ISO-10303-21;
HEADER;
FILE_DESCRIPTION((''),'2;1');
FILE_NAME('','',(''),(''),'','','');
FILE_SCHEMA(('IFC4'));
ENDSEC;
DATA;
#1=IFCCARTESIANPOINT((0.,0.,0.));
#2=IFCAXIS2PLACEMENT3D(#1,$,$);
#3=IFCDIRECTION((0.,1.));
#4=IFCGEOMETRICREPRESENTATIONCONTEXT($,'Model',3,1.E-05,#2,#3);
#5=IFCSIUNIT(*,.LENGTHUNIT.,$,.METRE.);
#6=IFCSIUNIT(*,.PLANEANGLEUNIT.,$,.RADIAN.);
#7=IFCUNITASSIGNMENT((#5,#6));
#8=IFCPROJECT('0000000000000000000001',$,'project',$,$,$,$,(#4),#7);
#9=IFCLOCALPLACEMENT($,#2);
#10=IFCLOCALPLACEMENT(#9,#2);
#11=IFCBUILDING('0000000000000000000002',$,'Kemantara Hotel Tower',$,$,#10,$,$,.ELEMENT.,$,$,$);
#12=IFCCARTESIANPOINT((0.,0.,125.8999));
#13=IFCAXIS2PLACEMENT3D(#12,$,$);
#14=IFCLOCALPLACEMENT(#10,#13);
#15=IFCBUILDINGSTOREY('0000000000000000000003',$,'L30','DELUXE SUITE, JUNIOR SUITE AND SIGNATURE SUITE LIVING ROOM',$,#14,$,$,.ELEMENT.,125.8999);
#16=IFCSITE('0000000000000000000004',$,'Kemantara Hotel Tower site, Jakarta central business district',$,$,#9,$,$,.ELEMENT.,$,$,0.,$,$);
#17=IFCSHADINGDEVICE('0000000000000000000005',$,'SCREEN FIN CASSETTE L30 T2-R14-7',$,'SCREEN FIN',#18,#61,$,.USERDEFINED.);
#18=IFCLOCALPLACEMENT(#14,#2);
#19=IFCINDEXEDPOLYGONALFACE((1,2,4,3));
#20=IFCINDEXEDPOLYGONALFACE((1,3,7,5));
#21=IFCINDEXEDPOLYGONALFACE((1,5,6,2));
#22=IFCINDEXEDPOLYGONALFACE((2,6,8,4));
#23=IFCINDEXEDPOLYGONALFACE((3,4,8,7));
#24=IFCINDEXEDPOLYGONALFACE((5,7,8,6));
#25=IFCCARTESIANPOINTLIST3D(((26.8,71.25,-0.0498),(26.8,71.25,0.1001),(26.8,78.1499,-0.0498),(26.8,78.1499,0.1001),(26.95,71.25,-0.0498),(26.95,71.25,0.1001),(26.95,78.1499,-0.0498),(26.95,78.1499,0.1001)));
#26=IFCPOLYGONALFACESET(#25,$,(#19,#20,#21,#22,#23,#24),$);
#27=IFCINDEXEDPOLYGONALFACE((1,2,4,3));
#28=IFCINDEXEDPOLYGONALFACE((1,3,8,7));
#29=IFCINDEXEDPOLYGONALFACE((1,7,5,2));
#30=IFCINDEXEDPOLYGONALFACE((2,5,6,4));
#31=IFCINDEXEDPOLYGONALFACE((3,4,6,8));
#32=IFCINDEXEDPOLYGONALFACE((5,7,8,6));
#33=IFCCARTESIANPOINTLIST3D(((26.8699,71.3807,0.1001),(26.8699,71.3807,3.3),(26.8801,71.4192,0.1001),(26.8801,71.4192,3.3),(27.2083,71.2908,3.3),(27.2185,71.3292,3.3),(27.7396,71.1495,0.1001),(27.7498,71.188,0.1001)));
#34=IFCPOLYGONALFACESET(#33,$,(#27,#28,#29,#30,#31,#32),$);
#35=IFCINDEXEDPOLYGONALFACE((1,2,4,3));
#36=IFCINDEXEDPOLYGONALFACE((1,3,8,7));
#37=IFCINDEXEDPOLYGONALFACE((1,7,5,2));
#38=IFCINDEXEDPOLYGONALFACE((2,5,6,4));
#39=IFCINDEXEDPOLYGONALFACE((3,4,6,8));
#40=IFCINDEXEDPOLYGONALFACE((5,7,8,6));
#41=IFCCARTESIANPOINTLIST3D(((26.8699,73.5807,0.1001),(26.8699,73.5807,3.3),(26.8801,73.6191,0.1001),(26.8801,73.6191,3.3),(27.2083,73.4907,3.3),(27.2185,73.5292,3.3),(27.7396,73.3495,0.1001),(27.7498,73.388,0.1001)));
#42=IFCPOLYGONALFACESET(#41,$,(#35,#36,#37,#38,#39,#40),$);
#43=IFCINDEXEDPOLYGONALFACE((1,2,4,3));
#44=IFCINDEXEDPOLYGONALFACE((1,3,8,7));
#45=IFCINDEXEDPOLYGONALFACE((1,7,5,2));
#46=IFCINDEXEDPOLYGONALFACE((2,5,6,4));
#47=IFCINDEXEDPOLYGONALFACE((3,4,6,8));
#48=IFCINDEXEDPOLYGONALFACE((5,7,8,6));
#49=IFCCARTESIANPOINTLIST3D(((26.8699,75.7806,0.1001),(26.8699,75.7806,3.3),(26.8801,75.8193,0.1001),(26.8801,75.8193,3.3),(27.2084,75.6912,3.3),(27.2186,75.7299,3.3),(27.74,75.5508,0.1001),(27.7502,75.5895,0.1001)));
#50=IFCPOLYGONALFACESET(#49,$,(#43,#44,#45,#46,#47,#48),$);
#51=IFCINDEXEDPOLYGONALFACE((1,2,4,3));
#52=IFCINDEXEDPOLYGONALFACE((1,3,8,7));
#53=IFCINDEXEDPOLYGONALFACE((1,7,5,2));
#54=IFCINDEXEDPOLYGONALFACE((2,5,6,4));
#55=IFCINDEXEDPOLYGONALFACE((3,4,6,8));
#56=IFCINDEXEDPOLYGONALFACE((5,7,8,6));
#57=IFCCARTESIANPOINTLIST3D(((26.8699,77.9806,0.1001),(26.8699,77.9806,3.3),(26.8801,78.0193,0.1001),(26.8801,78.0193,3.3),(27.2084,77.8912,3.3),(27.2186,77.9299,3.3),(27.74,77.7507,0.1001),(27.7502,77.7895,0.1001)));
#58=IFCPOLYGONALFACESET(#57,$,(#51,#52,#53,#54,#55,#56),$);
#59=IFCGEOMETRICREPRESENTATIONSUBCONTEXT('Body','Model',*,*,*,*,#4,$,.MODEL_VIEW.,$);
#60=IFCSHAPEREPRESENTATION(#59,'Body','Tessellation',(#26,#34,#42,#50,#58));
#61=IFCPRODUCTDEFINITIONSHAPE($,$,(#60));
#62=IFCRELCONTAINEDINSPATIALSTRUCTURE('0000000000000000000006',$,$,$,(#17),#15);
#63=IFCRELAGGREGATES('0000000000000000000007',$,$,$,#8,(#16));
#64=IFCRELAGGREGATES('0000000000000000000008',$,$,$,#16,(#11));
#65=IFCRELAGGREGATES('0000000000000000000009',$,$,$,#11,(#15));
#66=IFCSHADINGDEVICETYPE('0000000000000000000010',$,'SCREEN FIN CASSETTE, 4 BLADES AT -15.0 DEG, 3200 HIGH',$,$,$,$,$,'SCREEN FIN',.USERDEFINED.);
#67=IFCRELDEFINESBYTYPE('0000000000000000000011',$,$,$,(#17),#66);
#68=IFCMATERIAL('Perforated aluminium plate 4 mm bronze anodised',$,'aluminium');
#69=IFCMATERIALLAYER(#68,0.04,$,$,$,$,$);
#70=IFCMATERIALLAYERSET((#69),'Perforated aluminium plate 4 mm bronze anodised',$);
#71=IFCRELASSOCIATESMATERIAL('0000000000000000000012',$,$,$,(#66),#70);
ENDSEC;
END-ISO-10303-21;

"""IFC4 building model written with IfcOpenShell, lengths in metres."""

from ifc_helpers import new_model, si_unit, direction, frame, origin, origin_2d, place, context, subcontext, project, spatial, polyline, rectangle, outline, extrude, source, transform, mapped, material, layer, layer_set, type_object, element, save


model = new_model("IFC4")

# Units and contexts
model_context = context("Model", 3, precision=1e-05, world=origin(), true_north=direction((0.0, 1.0)))
body_context = subcontext(model_context, "Body", "Model", "MODEL_VIEW")
ifc_project = project(units=[si_unit("LENGTHUNIT", "METRE"), si_unit("PLANEANGLEUNIT", "RADIAN")], contexts=[model_context])

# Site, building, storey
site_placement = place(None, origin())
site = spatial("IfcSite", under=ifc_project, at=site_placement, Name="Kemantara Hotel Tower site, Jakarta central business district", CompositionType="ELEMENT", RefElevation=0.0)
building_placement = place(site_placement, origin())
building = spatial("IfcBuilding", under=site, at=building_placement, Name="Kemantara Hotel Tower", CompositionType="ELEMENT")
storey_placement = place(building_placement, frame((0.0, 0.0, 125.8999)))
storey = spatial("IfcBuildingStorey", under=building, at=storey_placement, Name="L30", Description="DELUXE SUITE, JUNIOR SUITE AND SIGNATURE SUITE LIVING ROOM", CompositionType="ELEMENT", Elevation=125.8999)

# Shading device
ifc_material_1 = material(Name="Perforated aluminium plate 4 mm bronze anodised", Category="aluminium")
ifc_layer_1 = layer(ifc_material_1, 0.04)
ifc_layer_set_1 = layer_set([ifc_layer_1], Name="Perforated aluminium plate 4 mm bronze anodised")
shading_device_type_1 = type_object("IfcShadingDeviceType", Name="SCREEN FIN CASSETTE, 4 BLADES AT -15.0 DEG, 3200 HIGH", ElementType="SCREEN FIN", PredefinedType="USERDEFINED", material=ifc_layer_set_1)
shared_shape_1 = source(origin(), body_context, "Body", "SweptSolid", [
    extrude(rectangle(XDim=6.8999, YDim=0.1499, at=origin_2d()), frame((3.3, -0.075, -0.1499), z_axis=(0.0, 0.0, 1.0), x_axis=(1.0, 0.0, 0.0)), (0.0, 0.0, 1.0), 0.1499),
    extrude(outline(polyline([(0.0, 0.0), (0.8999, 0.0), (0.3501, 3.2), (0.0, 3.2), (0.0, 0.0)])), frame((0.0193, -0.0801, 0.0), z_axis=(-0.966438, 0.256901, 0.0), x_axis=(-0.256901, -0.966438, 0.0)), (0.0, 0.0, 1.0), 0.0398),
    extrude(outline(polyline([(0.0, 0.0), (0.8999, 0.0), (0.3501, 3.2), (0.0, 3.2), (0.0, 0.0)])), frame((2.2192, -0.0801, 0.0), z_axis=(-0.966438, 0.256901, 0.0), x_axis=(-0.256901, -0.966438, 0.0)), (0.0, 0.0, 1.0), 0.0398),
    extrude(outline(polyline([(0.0, 0.0), (0.8999, 0.0), (0.3501, 3.2), (0.0, 3.2), (0.0, 0.0)])), frame((4.4194, -0.0801, 0.0), z_axis=(-0.966838, 0.255391, 0.0), x_axis=(-0.255391, -0.966838, 0.0)), (0.0, 0.0, 1.0), 0.04),
    extrude(outline(polyline([(0.0, 0.0), (0.8999, 0.0), (0.3501, 3.2), (0.0, 3.2), (0.0, 0.0)])), frame((6.6194, -0.0801, 0.0), z_axis=(-0.966838, 0.255391, 0.0), x_axis=(-0.255391, -0.966838, 0.0)), (0.0, 0.0, 1.0), 0.04),
])
shading_device_1_placement = place(storey_placement, frame((26.8, 71.3999, 0.1001), z_axis=(0.0, 0.0, 1.0), x_axis=(0.0, 1.0, 0.0)))
element("IfcShadingDevice", 1, at=shading_device_1_placement, inside=storey, type_object=shading_device_type_1, Name="SCREEN FIN CASSETTE L30 T2-R14-7", ObjectType="SCREEN FIN", PredefinedType="USERDEFINED", context=body_context, shape_type="MappedRepresentation", body=[
    mapped(shared_shape_1, transform((0.0, 0.0, 0.0))),
])

save(model, "model.ifc")
